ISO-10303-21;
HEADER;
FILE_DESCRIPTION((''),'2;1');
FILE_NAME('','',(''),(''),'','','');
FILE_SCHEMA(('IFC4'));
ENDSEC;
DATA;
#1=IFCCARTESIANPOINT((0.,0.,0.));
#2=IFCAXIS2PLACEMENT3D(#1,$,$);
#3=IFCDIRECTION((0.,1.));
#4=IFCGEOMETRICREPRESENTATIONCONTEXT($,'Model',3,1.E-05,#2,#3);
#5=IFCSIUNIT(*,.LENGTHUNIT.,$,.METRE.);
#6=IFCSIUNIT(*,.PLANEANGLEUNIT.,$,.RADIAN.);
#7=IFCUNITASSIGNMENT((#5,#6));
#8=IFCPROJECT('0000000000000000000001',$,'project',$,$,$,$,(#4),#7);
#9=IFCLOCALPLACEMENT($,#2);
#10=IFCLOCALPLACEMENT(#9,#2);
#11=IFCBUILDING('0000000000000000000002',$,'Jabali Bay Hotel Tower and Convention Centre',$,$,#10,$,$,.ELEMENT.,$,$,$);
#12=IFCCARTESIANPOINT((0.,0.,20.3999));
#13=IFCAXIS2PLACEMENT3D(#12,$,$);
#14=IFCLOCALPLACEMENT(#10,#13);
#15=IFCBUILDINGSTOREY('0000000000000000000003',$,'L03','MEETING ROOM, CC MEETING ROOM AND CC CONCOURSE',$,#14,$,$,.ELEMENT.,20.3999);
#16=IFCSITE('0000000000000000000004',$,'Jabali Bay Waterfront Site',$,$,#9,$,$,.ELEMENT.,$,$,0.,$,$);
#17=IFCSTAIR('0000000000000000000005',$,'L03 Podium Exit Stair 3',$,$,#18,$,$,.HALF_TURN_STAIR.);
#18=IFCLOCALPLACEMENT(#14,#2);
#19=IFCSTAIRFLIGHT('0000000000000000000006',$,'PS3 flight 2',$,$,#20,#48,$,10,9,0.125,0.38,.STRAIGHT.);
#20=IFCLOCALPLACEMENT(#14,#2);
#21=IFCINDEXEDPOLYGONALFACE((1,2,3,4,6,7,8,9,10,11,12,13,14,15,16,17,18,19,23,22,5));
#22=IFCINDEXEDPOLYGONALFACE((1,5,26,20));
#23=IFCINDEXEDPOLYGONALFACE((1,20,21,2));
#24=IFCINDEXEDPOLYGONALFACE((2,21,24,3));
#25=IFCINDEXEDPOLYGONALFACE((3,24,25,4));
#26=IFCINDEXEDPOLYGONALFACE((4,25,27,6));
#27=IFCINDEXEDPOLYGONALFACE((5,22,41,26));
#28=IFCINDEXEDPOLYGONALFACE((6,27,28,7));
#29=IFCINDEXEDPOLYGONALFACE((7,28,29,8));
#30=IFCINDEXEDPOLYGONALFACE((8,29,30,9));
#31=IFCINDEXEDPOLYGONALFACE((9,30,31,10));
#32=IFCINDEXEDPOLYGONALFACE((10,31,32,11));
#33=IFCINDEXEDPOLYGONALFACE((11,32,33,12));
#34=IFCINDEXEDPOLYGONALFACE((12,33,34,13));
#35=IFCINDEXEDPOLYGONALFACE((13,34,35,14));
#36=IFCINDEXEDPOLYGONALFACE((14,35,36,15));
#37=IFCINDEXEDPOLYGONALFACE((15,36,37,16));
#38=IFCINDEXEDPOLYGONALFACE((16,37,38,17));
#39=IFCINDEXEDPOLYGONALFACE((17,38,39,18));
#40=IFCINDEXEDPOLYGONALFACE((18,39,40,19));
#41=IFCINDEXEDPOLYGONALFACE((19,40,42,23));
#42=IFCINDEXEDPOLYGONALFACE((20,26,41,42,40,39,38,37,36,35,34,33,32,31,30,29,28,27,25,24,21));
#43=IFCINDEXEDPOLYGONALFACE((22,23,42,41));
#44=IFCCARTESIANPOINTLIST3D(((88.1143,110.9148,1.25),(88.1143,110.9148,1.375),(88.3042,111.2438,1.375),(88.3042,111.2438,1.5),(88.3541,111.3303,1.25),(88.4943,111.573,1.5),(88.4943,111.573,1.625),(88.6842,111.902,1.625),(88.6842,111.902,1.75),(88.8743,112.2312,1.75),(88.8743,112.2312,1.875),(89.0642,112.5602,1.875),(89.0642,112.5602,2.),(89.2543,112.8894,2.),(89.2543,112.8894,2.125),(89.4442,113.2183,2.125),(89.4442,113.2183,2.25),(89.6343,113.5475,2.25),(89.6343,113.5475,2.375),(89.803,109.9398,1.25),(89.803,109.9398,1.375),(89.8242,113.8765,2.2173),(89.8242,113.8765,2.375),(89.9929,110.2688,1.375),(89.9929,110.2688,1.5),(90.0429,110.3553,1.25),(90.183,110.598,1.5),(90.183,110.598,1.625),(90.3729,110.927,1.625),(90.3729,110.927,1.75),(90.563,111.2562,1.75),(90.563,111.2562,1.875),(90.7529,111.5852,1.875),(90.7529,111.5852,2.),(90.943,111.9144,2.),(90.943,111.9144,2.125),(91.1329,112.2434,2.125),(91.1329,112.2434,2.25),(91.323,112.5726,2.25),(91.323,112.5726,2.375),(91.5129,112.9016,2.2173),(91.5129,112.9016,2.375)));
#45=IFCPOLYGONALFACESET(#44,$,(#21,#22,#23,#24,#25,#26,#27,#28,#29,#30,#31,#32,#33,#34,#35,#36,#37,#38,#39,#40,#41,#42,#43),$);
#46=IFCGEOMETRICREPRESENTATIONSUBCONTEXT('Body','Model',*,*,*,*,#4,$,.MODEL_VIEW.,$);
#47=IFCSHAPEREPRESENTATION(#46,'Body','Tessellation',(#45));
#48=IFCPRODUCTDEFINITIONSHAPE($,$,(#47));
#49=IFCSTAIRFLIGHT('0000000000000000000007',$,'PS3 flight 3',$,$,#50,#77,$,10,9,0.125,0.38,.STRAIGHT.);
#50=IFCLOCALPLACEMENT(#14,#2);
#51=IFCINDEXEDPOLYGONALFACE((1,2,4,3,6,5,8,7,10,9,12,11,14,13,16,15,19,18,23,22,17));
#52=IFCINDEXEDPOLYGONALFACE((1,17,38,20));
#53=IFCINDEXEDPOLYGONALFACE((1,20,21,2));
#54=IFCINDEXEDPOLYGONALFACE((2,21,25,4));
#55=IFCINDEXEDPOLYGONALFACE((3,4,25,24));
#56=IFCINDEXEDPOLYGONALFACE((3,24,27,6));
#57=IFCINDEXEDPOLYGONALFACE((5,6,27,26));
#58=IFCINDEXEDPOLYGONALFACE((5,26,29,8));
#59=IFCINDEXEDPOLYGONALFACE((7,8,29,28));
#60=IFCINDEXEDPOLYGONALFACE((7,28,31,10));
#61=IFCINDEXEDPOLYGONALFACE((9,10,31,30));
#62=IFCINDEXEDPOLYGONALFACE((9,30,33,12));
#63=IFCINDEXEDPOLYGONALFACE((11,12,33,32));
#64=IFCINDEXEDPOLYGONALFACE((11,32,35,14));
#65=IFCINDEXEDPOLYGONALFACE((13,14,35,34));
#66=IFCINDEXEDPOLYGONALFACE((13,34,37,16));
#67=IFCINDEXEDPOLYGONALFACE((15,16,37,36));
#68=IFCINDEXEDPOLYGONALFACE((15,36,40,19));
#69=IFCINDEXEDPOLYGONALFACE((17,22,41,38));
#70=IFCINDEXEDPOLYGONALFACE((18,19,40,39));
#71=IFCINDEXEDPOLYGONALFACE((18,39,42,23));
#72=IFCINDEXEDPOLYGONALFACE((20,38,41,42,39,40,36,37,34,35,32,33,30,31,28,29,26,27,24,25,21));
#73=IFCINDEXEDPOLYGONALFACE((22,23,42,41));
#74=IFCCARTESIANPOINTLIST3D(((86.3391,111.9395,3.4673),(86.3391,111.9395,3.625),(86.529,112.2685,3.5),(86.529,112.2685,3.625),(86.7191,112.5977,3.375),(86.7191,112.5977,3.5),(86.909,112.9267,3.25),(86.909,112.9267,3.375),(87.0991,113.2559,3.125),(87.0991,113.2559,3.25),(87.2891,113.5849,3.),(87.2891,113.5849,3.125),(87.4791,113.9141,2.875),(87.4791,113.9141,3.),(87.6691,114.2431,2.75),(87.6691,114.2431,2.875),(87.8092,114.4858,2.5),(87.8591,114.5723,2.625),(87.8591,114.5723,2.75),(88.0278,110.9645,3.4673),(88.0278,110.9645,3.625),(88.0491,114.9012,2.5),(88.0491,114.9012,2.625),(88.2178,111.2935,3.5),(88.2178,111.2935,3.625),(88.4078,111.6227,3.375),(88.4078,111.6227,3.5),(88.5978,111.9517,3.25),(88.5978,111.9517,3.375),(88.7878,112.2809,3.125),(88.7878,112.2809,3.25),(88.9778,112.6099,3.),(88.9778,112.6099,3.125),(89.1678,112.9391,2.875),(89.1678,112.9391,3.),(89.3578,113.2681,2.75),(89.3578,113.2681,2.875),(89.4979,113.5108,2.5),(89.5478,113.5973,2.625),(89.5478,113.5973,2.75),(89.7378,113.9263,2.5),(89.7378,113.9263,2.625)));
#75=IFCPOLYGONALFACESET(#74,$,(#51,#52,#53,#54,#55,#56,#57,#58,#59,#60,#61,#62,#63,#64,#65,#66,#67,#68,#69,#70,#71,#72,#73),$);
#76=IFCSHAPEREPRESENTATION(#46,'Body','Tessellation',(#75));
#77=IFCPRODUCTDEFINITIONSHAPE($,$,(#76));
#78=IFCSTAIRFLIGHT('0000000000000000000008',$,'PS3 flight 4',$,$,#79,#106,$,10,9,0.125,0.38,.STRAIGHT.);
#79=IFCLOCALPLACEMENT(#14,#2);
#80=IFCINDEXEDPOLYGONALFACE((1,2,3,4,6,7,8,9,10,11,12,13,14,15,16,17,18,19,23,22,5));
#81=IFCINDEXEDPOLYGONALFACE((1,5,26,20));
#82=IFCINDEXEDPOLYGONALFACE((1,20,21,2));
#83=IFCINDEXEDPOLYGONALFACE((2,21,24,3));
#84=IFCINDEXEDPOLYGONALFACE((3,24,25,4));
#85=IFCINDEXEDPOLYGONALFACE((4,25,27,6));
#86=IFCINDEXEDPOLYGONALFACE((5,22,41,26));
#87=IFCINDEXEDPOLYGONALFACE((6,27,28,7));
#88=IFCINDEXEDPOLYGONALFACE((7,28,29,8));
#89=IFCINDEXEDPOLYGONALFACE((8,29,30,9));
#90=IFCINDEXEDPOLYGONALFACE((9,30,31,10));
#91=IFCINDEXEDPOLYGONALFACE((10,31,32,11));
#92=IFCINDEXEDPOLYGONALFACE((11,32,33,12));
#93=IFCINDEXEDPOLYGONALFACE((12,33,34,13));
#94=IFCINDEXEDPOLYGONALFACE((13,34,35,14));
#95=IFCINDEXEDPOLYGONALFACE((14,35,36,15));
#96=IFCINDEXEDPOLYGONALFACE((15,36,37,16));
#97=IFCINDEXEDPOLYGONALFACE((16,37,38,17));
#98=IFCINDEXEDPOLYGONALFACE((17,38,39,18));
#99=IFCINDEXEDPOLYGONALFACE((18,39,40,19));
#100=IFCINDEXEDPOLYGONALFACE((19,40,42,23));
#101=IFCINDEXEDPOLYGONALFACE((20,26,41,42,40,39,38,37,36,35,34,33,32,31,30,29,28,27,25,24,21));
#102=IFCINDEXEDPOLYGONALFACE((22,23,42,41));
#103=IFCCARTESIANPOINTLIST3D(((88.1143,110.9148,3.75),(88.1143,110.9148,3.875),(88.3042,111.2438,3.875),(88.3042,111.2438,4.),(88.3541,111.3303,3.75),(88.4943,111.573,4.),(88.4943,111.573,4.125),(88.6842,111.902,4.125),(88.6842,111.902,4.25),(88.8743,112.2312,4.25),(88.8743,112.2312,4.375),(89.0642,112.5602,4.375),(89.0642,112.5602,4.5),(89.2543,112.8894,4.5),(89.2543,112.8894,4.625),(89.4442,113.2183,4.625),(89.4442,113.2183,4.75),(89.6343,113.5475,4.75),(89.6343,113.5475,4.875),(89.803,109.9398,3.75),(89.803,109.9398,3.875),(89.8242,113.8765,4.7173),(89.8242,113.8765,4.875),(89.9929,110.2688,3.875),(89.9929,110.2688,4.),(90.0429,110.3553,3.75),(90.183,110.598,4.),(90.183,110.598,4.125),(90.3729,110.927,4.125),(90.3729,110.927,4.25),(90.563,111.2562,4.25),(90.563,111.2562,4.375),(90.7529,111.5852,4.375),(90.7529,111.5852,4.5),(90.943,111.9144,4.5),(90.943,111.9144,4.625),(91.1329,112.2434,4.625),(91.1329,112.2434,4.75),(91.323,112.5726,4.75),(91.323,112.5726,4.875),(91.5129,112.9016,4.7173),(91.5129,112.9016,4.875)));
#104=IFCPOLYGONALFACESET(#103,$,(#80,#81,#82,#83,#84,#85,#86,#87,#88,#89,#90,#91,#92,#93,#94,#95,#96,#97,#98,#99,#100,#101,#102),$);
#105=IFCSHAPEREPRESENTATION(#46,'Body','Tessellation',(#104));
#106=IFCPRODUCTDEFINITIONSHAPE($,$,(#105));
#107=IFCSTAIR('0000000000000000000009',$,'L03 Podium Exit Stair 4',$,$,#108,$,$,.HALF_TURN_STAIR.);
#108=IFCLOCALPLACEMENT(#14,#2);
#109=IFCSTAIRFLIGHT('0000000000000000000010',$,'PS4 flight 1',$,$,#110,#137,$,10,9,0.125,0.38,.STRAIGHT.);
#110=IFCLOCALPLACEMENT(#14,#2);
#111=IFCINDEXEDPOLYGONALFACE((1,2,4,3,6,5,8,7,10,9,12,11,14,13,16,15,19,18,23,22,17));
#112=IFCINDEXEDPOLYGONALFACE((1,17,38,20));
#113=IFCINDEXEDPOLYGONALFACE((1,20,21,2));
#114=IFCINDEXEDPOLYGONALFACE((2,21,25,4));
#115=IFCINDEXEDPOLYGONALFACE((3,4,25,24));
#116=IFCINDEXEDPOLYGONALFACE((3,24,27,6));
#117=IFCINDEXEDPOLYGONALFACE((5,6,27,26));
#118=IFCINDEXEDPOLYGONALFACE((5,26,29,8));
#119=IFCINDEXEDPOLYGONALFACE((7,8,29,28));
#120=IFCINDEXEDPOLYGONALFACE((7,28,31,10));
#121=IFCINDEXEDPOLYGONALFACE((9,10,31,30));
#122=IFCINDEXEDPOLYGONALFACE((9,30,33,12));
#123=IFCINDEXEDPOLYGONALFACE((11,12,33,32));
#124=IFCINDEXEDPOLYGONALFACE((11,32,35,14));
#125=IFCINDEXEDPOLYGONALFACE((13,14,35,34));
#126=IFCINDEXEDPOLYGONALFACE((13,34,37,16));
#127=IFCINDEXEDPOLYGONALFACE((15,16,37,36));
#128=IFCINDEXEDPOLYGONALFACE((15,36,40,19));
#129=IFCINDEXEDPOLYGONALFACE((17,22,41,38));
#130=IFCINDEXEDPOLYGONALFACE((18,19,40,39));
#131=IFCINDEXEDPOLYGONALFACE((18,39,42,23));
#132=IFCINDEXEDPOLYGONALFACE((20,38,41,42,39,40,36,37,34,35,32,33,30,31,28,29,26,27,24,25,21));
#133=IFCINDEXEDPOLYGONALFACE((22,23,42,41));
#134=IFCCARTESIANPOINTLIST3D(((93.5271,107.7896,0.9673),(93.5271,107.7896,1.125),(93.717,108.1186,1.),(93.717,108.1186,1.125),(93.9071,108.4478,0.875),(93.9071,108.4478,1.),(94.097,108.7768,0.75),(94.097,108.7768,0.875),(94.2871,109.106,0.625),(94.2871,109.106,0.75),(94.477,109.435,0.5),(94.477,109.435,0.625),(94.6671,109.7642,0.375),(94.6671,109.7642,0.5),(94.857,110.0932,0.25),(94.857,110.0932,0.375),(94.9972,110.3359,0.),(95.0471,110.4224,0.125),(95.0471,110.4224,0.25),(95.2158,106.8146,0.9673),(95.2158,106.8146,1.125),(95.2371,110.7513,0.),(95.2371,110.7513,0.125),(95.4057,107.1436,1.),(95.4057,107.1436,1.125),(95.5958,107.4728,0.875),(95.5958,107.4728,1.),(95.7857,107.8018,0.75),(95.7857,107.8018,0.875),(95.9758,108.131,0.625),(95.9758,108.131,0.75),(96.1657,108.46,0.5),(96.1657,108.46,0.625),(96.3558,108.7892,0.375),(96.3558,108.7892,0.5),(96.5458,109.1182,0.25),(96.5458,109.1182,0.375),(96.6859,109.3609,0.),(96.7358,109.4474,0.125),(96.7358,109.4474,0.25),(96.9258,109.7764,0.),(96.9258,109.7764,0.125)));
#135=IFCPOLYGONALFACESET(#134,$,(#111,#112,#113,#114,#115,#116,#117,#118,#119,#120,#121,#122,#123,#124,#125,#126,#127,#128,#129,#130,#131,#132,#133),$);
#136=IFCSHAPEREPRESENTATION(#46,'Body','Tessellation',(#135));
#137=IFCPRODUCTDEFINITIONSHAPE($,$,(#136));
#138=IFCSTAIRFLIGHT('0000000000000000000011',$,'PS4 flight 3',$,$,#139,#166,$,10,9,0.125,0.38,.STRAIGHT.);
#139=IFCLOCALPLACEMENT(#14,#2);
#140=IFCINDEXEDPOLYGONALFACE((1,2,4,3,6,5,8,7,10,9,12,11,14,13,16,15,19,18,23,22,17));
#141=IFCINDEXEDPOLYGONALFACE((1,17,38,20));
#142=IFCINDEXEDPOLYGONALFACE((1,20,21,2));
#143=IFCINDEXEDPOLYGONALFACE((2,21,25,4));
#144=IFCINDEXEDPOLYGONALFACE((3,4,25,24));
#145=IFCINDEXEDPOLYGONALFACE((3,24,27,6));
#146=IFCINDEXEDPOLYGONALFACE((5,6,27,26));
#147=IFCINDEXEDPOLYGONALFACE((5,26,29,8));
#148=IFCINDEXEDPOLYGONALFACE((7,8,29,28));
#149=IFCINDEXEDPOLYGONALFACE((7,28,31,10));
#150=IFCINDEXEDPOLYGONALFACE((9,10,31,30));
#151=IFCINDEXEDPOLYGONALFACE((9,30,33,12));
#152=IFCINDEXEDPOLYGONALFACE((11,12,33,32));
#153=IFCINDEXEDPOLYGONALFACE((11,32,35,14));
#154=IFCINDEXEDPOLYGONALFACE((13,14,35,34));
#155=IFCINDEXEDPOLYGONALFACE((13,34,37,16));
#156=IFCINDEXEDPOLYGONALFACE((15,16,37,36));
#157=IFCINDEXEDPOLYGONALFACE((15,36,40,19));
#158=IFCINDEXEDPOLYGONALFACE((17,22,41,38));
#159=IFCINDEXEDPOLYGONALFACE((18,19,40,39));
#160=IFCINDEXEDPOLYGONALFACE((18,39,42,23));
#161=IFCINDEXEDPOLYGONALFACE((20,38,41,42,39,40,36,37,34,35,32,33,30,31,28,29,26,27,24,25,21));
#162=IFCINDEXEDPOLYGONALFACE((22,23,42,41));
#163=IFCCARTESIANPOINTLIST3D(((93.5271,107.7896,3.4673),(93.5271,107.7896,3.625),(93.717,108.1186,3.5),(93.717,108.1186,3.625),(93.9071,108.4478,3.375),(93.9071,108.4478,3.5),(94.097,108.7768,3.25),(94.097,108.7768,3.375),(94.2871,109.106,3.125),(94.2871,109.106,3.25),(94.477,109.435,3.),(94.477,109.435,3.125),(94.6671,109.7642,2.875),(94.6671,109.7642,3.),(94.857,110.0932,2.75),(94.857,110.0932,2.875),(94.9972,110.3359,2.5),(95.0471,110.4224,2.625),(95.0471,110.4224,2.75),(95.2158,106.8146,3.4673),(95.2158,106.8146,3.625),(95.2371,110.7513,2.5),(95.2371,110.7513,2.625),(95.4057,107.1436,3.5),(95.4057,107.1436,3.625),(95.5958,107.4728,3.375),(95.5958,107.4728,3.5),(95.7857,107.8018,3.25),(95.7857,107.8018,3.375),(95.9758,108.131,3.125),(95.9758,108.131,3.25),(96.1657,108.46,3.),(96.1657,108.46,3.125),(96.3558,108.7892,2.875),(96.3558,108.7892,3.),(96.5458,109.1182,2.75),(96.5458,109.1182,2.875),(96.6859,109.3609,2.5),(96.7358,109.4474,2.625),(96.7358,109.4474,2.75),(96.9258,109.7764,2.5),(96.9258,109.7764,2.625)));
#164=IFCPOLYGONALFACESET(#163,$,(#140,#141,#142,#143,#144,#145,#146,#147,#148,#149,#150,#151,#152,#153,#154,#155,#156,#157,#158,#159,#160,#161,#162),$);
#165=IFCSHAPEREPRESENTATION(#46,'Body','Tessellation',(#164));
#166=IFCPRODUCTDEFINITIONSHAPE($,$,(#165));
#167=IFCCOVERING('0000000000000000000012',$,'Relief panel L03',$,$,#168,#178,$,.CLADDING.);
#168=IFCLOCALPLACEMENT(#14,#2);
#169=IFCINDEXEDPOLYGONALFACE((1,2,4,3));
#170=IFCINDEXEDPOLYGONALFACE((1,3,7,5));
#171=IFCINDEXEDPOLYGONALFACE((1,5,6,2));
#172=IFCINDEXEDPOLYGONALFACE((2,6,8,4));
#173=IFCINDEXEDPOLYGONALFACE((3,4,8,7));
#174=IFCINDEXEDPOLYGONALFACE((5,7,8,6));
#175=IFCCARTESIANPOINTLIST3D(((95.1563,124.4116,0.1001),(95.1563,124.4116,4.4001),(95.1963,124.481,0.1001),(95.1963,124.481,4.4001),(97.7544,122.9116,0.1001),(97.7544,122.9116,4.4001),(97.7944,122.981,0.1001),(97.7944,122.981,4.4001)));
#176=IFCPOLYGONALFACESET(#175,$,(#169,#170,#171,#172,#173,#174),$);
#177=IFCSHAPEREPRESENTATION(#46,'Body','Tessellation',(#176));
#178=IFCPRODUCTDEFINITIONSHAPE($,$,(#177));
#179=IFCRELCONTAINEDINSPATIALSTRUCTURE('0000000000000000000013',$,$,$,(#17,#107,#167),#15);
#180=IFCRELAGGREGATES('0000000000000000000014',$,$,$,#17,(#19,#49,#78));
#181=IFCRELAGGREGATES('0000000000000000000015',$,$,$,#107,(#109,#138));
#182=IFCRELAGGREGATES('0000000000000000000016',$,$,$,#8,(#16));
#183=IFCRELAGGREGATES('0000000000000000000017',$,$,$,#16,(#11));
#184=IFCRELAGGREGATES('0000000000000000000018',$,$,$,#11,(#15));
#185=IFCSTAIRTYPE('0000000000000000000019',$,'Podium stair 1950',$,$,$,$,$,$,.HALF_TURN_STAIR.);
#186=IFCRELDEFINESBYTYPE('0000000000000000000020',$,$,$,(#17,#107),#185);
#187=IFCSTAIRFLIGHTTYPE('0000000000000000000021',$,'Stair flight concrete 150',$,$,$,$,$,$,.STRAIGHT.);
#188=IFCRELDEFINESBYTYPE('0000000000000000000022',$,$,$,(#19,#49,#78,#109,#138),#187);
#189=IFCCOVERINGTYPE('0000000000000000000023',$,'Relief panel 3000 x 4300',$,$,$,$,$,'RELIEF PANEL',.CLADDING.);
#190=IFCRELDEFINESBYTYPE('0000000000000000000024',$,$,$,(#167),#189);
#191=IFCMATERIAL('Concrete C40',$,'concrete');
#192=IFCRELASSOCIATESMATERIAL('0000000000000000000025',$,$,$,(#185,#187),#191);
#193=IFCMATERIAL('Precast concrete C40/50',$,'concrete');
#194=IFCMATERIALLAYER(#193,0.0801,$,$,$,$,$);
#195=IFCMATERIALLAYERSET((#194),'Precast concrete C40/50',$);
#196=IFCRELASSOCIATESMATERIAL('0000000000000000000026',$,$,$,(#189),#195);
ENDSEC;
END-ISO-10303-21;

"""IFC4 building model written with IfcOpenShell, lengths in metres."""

from ifc_helpers import new_model, si_unit, direction, frame, origin, origin_2d, place, context, subcontext, project, spatial, polyline, rectangle, outline, extrude, material, layer, layer_set, type_object, element, aggregate, save


model = new_model("IFC4")

# Units and contexts
model_context = context("Model", 3, precision=1e-05, world=origin(), true_north=direction((0.0, 1.0)))
body_context = subcontext(model_context, "Body", "Model", "MODEL_VIEW")
ifc_project = project(units=[si_unit("LENGTHUNIT", "METRE"), si_unit("PLANEANGLEUNIT", "RADIAN")], contexts=[model_context])

# Site, building, storey
site_placement = place(None, origin())
site = spatial("IfcSite", under=ifc_project, at=site_placement, Name="Jabali Bay Waterfront Site", CompositionType="ELEMENT", RefElevation=0.0)
building_placement = place(site_placement, origin())
building = spatial("IfcBuilding", under=site, at=building_placement, Name="Jabali Bay Hotel Tower and Convention Centre", CompositionType="ELEMENT")
storey_placement = place(building_placement, frame((0.0, 0.0, 20.3999)))
storey = spatial("IfcBuildingStorey", under=building, at=storey_placement, Name="L03", Description="MEETING ROOM, CC MEETING ROOM AND CC CONCOURSE", CompositionType="ELEMENT", Elevation=20.3999)

# Shared definitions
ifc_material_1 = material(Name="Concrete C40", Category="concrete")

# Stairs, stair flights
stair_type = type_object("IfcStairType", Name="Podium stair 1950", PredefinedType="HALF_TURN_STAIR", material=ifc_material_1)
stair_1_placement = place(storey_placement, origin())
stair_1 = element("IfcStair", 1, at=stair_1_placement, inside=storey, type_object=stair_type, Name="L03 Podium Exit Stair 3", PredefinedType="HALF_TURN_STAIR")
stair_flight_type = type_object("IfcStairFlightType", Name="Stair flight concrete 150", PredefinedType="STRAIGHT", material=ifc_material_1)
stair_flight_1_placement = place(storey_placement, frame((88.9587, 110.4272, 1.25), z_axis=(0.0, 0.0, 1.0), x_axis=(0.5, 0.866025, 0.0)))
stair_flight_1 = element("IfcStairFlight", 2, at=stair_flight_1_placement, type_object=stair_flight_type, Name="PS3 flight 2", NumberOfRisers=10, NumberOfTreads=9, PredefinedType="STRAIGHT", RiserHeight=0.125, TreadLength=0.38, context=body_context, shape_type="SweptSolid", body=[
    extrude(outline(polyline([(0.0, 0.0), (0.0, 0.125), (0.3799, 0.125), (0.3799, 0.25), (0.76, 0.25), (0.76, 0.375), (1.1399, 0.375), (1.1399, 0.5), (1.52, 0.5), (1.52, 0.625), (1.8999, 0.625), (1.8999, 0.75), (2.28, 0.75), (2.28, 0.875), (2.6599, 0.875), (2.6599, 1.0), (3.04, 1.0), (3.04, 1.125), (3.4199, 1.125), (3.4199, 1.25), (3.4199, 0.9673), (0.4797, 0.0), (0.0, 0.0)])), frame((0.0, 0.9751, 0.0), z_axis=(0.0, -1.0, 0.0), x_axis=(1.0, 0.0, 0.0)), (0.0, 0.0, 1.0), 1.95),
])
stair_flight_2_placement = place(storey_placement, frame((88.8933, 114.4138, 2.5), z_axis=(0.0, 0.0, 1.0), x_axis=(-0.5, -0.866025, 0.0)))
stair_flight_2 = element("IfcStairFlight", 3, at=stair_flight_2_placement, type_object=stair_flight_type, Name="PS3 flight 3", NumberOfRisers=10, NumberOfTreads=9, PredefinedType="STRAIGHT", RiserHeight=0.125, TreadLength=0.38, context=body_context, shape_type="SweptSolid", body=[
    extrude(outline(polyline([(0.0, 0.0), (0.0, 0.125), (0.3799, 0.125), (0.3799, 0.25), (0.76, 0.25), (0.76, 0.375), (1.1399, 0.375), (1.1399, 0.5), (1.52, 0.5), (1.52, 0.625), (1.8999, 0.625), (1.8999, 0.75), (2.28, 0.75), (2.28, 0.875), (2.6599, 0.875), (2.6599, 1.0), (3.04, 1.0), (3.04, 1.125), (3.4199, 1.125), (3.4199, 1.25), (3.4199, 0.9673), (0.4797, 0.0), (0.0, 0.0)])), frame((0.0, 0.9751, 0.0), z_axis=(0.0, -1.0, 0.0), x_axis=(1.0, 0.0, 0.0)), (0.0, 0.0, 1.0), 1.95),
])
stair_flight_3_placement = place(storey_placement, frame((88.9587, 110.4272, 3.75), z_axis=(0.0, 0.0, 1.0), x_axis=(0.5, 0.866025, 0.0)))
stair_flight_3 = element("IfcStairFlight", 4, at=stair_flight_3_placement, type_object=stair_flight_type, Name="PS3 flight 4", NumberOfRisers=10, NumberOfTreads=9, PredefinedType="STRAIGHT", RiserHeight=0.125, TreadLength=0.38, context=body_context, shape_type="SweptSolid", body=[
    extrude(outline(polyline([(0.0, 0.0), (0.0, 0.125), (0.3799, 0.125), (0.3799, 0.25), (0.76, 0.25), (0.76, 0.375), (1.1399, 0.375), (1.1399, 0.5), (1.52, 0.5), (1.52, 0.625), (1.8999, 0.625), (1.8999, 0.75), (2.28, 0.75), (2.28, 0.875), (2.6599, 0.875), (2.6599, 1.0), (3.04, 1.0), (3.04, 1.125), (3.4199, 1.125), (3.4199, 1.25), (3.4199, 0.9673), (0.4797, 0.0), (0.0, 0.0)])), frame((0.0, 0.9751, 0.0), z_axis=(0.0, -1.0, 0.0), x_axis=(1.0, 0.0, 0.0)), (0.0, 0.0, 1.0), 1.95),
])
aggregate(stair_1, [stair_flight_1, stair_flight_2, stair_flight_3])
stair_2_placement = place(storey_placement, origin())
stair_2 = element("IfcStair", 5, at=stair_2_placement, inside=storey, type_object=stair_type, Name="L03 Podium Exit Stair 4", PredefinedType="HALF_TURN_STAIR")
stair_flight_4_placement = place(storey_placement, frame((96.0813, 110.2639, 0.0), z_axis=(0.0, 0.0, 1.0), x_axis=(-0.5, -0.866025, 0.0)))
stair_flight_4 = element("IfcStairFlight", 6, at=stair_flight_4_placement, type_object=stair_flight_type, Name="PS4 flight 1", NumberOfRisers=10, NumberOfTreads=9, PredefinedType="STRAIGHT", RiserHeight=0.125, TreadLength=0.38, context=body_context, shape_type="SweptSolid", body=[
    extrude(outline(polyline([(0.0, 0.0), (0.0, 0.125), (0.3799, 0.125), (0.3799, 0.25), (0.76, 0.25), (0.76, 0.375), (1.1399, 0.375), (1.1399, 0.5), (1.52, 0.5), (1.52, 0.625), (1.8999, 0.625), (1.8999, 0.75), (2.28, 0.75), (2.28, 0.875), (2.6599, 0.875), (2.6599, 1.0), (3.04, 1.0), (3.04, 1.125), (3.4199, 1.125), (3.4199, 1.25), (3.4199, 0.9673), (0.4797, 0.0), (0.0, 0.0)])), frame((0.0, 0.9751, 0.0), z_axis=(0.0, -1.0, 0.0), x_axis=(1.0, 0.0, 0.0)), (0.0, 0.0, 1.0), 1.95),
])
stair_flight_5_placement = place(storey_placement, frame((96.0813, 110.2639, 2.5), z_axis=(0.0, 0.0, 1.0), x_axis=(-0.5, -0.866025, 0.0)))
stair_flight_5 = element("IfcStairFlight", 7, at=stair_flight_5_placement, type_object=stair_flight_type, Name="PS4 flight 3", NumberOfRisers=10, NumberOfTreads=9, PredefinedType="STRAIGHT", RiserHeight=0.125, TreadLength=0.38, context=body_context, shape_type="SweptSolid", body=[
    extrude(outline(polyline([(0.0, 0.0), (0.0, 0.125), (0.3799, 0.125), (0.3799, 0.25), (0.76, 0.25), (0.76, 0.375), (1.1399, 0.375), (1.1399, 0.5), (1.52, 0.5), (1.52, 0.625), (1.8999, 0.625), (1.8999, 0.75), (2.28, 0.75), (2.28, 0.875), (2.6599, 0.875), (2.6599, 1.0), (3.04, 1.0), (3.04, 1.125), (3.4199, 1.125), (3.4199, 1.25), (3.4199, 0.9673), (0.4797, 0.0), (0.0, 0.0)])), frame((0.0, 0.9751, 0.0), z_axis=(0.0, -1.0, 0.0), x_axis=(1.0, 0.0, 0.0)), (0.0, 0.0, 1.0), 1.95),
])
aggregate(stair_2, [stair_flight_4, stair_flight_5])

# Covering
ifc_material_2 = material(Name="Precast concrete C40/50", Category="concrete")
ifc_layer_1 = layer(ifc_material_2, 0.0801)
ifc_layer_set_1 = layer_set([ifc_layer_1], Name="Precast concrete C40/50")
covering_type = type_object("IfcCoveringType", Name="Relief panel 3000 x 4300", ElementType="RELIEF PANEL", PredefinedType="CLADDING", material=ifc_layer_set_1)
covering_placement = place(storey_placement, frame((96.4753, 123.6963, 0.1001), z_axis=(0.0, 0.0, 1.0), x_axis=(0.866025, -0.5, 0.0)))
element("IfcCovering", 8, at=covering_placement, inside=storey, type_object=covering_type, Name="Relief panel L03", PredefinedType="CLADDING", context=body_context, shape_type="SweptSolid", body=[
    extrude(rectangle(XDim=3.0, YDim=0.0801, at=origin_2d()), origin(), (0.0, 0.0, 1.0), 4.3),
])

save(model, "model.ifc")
